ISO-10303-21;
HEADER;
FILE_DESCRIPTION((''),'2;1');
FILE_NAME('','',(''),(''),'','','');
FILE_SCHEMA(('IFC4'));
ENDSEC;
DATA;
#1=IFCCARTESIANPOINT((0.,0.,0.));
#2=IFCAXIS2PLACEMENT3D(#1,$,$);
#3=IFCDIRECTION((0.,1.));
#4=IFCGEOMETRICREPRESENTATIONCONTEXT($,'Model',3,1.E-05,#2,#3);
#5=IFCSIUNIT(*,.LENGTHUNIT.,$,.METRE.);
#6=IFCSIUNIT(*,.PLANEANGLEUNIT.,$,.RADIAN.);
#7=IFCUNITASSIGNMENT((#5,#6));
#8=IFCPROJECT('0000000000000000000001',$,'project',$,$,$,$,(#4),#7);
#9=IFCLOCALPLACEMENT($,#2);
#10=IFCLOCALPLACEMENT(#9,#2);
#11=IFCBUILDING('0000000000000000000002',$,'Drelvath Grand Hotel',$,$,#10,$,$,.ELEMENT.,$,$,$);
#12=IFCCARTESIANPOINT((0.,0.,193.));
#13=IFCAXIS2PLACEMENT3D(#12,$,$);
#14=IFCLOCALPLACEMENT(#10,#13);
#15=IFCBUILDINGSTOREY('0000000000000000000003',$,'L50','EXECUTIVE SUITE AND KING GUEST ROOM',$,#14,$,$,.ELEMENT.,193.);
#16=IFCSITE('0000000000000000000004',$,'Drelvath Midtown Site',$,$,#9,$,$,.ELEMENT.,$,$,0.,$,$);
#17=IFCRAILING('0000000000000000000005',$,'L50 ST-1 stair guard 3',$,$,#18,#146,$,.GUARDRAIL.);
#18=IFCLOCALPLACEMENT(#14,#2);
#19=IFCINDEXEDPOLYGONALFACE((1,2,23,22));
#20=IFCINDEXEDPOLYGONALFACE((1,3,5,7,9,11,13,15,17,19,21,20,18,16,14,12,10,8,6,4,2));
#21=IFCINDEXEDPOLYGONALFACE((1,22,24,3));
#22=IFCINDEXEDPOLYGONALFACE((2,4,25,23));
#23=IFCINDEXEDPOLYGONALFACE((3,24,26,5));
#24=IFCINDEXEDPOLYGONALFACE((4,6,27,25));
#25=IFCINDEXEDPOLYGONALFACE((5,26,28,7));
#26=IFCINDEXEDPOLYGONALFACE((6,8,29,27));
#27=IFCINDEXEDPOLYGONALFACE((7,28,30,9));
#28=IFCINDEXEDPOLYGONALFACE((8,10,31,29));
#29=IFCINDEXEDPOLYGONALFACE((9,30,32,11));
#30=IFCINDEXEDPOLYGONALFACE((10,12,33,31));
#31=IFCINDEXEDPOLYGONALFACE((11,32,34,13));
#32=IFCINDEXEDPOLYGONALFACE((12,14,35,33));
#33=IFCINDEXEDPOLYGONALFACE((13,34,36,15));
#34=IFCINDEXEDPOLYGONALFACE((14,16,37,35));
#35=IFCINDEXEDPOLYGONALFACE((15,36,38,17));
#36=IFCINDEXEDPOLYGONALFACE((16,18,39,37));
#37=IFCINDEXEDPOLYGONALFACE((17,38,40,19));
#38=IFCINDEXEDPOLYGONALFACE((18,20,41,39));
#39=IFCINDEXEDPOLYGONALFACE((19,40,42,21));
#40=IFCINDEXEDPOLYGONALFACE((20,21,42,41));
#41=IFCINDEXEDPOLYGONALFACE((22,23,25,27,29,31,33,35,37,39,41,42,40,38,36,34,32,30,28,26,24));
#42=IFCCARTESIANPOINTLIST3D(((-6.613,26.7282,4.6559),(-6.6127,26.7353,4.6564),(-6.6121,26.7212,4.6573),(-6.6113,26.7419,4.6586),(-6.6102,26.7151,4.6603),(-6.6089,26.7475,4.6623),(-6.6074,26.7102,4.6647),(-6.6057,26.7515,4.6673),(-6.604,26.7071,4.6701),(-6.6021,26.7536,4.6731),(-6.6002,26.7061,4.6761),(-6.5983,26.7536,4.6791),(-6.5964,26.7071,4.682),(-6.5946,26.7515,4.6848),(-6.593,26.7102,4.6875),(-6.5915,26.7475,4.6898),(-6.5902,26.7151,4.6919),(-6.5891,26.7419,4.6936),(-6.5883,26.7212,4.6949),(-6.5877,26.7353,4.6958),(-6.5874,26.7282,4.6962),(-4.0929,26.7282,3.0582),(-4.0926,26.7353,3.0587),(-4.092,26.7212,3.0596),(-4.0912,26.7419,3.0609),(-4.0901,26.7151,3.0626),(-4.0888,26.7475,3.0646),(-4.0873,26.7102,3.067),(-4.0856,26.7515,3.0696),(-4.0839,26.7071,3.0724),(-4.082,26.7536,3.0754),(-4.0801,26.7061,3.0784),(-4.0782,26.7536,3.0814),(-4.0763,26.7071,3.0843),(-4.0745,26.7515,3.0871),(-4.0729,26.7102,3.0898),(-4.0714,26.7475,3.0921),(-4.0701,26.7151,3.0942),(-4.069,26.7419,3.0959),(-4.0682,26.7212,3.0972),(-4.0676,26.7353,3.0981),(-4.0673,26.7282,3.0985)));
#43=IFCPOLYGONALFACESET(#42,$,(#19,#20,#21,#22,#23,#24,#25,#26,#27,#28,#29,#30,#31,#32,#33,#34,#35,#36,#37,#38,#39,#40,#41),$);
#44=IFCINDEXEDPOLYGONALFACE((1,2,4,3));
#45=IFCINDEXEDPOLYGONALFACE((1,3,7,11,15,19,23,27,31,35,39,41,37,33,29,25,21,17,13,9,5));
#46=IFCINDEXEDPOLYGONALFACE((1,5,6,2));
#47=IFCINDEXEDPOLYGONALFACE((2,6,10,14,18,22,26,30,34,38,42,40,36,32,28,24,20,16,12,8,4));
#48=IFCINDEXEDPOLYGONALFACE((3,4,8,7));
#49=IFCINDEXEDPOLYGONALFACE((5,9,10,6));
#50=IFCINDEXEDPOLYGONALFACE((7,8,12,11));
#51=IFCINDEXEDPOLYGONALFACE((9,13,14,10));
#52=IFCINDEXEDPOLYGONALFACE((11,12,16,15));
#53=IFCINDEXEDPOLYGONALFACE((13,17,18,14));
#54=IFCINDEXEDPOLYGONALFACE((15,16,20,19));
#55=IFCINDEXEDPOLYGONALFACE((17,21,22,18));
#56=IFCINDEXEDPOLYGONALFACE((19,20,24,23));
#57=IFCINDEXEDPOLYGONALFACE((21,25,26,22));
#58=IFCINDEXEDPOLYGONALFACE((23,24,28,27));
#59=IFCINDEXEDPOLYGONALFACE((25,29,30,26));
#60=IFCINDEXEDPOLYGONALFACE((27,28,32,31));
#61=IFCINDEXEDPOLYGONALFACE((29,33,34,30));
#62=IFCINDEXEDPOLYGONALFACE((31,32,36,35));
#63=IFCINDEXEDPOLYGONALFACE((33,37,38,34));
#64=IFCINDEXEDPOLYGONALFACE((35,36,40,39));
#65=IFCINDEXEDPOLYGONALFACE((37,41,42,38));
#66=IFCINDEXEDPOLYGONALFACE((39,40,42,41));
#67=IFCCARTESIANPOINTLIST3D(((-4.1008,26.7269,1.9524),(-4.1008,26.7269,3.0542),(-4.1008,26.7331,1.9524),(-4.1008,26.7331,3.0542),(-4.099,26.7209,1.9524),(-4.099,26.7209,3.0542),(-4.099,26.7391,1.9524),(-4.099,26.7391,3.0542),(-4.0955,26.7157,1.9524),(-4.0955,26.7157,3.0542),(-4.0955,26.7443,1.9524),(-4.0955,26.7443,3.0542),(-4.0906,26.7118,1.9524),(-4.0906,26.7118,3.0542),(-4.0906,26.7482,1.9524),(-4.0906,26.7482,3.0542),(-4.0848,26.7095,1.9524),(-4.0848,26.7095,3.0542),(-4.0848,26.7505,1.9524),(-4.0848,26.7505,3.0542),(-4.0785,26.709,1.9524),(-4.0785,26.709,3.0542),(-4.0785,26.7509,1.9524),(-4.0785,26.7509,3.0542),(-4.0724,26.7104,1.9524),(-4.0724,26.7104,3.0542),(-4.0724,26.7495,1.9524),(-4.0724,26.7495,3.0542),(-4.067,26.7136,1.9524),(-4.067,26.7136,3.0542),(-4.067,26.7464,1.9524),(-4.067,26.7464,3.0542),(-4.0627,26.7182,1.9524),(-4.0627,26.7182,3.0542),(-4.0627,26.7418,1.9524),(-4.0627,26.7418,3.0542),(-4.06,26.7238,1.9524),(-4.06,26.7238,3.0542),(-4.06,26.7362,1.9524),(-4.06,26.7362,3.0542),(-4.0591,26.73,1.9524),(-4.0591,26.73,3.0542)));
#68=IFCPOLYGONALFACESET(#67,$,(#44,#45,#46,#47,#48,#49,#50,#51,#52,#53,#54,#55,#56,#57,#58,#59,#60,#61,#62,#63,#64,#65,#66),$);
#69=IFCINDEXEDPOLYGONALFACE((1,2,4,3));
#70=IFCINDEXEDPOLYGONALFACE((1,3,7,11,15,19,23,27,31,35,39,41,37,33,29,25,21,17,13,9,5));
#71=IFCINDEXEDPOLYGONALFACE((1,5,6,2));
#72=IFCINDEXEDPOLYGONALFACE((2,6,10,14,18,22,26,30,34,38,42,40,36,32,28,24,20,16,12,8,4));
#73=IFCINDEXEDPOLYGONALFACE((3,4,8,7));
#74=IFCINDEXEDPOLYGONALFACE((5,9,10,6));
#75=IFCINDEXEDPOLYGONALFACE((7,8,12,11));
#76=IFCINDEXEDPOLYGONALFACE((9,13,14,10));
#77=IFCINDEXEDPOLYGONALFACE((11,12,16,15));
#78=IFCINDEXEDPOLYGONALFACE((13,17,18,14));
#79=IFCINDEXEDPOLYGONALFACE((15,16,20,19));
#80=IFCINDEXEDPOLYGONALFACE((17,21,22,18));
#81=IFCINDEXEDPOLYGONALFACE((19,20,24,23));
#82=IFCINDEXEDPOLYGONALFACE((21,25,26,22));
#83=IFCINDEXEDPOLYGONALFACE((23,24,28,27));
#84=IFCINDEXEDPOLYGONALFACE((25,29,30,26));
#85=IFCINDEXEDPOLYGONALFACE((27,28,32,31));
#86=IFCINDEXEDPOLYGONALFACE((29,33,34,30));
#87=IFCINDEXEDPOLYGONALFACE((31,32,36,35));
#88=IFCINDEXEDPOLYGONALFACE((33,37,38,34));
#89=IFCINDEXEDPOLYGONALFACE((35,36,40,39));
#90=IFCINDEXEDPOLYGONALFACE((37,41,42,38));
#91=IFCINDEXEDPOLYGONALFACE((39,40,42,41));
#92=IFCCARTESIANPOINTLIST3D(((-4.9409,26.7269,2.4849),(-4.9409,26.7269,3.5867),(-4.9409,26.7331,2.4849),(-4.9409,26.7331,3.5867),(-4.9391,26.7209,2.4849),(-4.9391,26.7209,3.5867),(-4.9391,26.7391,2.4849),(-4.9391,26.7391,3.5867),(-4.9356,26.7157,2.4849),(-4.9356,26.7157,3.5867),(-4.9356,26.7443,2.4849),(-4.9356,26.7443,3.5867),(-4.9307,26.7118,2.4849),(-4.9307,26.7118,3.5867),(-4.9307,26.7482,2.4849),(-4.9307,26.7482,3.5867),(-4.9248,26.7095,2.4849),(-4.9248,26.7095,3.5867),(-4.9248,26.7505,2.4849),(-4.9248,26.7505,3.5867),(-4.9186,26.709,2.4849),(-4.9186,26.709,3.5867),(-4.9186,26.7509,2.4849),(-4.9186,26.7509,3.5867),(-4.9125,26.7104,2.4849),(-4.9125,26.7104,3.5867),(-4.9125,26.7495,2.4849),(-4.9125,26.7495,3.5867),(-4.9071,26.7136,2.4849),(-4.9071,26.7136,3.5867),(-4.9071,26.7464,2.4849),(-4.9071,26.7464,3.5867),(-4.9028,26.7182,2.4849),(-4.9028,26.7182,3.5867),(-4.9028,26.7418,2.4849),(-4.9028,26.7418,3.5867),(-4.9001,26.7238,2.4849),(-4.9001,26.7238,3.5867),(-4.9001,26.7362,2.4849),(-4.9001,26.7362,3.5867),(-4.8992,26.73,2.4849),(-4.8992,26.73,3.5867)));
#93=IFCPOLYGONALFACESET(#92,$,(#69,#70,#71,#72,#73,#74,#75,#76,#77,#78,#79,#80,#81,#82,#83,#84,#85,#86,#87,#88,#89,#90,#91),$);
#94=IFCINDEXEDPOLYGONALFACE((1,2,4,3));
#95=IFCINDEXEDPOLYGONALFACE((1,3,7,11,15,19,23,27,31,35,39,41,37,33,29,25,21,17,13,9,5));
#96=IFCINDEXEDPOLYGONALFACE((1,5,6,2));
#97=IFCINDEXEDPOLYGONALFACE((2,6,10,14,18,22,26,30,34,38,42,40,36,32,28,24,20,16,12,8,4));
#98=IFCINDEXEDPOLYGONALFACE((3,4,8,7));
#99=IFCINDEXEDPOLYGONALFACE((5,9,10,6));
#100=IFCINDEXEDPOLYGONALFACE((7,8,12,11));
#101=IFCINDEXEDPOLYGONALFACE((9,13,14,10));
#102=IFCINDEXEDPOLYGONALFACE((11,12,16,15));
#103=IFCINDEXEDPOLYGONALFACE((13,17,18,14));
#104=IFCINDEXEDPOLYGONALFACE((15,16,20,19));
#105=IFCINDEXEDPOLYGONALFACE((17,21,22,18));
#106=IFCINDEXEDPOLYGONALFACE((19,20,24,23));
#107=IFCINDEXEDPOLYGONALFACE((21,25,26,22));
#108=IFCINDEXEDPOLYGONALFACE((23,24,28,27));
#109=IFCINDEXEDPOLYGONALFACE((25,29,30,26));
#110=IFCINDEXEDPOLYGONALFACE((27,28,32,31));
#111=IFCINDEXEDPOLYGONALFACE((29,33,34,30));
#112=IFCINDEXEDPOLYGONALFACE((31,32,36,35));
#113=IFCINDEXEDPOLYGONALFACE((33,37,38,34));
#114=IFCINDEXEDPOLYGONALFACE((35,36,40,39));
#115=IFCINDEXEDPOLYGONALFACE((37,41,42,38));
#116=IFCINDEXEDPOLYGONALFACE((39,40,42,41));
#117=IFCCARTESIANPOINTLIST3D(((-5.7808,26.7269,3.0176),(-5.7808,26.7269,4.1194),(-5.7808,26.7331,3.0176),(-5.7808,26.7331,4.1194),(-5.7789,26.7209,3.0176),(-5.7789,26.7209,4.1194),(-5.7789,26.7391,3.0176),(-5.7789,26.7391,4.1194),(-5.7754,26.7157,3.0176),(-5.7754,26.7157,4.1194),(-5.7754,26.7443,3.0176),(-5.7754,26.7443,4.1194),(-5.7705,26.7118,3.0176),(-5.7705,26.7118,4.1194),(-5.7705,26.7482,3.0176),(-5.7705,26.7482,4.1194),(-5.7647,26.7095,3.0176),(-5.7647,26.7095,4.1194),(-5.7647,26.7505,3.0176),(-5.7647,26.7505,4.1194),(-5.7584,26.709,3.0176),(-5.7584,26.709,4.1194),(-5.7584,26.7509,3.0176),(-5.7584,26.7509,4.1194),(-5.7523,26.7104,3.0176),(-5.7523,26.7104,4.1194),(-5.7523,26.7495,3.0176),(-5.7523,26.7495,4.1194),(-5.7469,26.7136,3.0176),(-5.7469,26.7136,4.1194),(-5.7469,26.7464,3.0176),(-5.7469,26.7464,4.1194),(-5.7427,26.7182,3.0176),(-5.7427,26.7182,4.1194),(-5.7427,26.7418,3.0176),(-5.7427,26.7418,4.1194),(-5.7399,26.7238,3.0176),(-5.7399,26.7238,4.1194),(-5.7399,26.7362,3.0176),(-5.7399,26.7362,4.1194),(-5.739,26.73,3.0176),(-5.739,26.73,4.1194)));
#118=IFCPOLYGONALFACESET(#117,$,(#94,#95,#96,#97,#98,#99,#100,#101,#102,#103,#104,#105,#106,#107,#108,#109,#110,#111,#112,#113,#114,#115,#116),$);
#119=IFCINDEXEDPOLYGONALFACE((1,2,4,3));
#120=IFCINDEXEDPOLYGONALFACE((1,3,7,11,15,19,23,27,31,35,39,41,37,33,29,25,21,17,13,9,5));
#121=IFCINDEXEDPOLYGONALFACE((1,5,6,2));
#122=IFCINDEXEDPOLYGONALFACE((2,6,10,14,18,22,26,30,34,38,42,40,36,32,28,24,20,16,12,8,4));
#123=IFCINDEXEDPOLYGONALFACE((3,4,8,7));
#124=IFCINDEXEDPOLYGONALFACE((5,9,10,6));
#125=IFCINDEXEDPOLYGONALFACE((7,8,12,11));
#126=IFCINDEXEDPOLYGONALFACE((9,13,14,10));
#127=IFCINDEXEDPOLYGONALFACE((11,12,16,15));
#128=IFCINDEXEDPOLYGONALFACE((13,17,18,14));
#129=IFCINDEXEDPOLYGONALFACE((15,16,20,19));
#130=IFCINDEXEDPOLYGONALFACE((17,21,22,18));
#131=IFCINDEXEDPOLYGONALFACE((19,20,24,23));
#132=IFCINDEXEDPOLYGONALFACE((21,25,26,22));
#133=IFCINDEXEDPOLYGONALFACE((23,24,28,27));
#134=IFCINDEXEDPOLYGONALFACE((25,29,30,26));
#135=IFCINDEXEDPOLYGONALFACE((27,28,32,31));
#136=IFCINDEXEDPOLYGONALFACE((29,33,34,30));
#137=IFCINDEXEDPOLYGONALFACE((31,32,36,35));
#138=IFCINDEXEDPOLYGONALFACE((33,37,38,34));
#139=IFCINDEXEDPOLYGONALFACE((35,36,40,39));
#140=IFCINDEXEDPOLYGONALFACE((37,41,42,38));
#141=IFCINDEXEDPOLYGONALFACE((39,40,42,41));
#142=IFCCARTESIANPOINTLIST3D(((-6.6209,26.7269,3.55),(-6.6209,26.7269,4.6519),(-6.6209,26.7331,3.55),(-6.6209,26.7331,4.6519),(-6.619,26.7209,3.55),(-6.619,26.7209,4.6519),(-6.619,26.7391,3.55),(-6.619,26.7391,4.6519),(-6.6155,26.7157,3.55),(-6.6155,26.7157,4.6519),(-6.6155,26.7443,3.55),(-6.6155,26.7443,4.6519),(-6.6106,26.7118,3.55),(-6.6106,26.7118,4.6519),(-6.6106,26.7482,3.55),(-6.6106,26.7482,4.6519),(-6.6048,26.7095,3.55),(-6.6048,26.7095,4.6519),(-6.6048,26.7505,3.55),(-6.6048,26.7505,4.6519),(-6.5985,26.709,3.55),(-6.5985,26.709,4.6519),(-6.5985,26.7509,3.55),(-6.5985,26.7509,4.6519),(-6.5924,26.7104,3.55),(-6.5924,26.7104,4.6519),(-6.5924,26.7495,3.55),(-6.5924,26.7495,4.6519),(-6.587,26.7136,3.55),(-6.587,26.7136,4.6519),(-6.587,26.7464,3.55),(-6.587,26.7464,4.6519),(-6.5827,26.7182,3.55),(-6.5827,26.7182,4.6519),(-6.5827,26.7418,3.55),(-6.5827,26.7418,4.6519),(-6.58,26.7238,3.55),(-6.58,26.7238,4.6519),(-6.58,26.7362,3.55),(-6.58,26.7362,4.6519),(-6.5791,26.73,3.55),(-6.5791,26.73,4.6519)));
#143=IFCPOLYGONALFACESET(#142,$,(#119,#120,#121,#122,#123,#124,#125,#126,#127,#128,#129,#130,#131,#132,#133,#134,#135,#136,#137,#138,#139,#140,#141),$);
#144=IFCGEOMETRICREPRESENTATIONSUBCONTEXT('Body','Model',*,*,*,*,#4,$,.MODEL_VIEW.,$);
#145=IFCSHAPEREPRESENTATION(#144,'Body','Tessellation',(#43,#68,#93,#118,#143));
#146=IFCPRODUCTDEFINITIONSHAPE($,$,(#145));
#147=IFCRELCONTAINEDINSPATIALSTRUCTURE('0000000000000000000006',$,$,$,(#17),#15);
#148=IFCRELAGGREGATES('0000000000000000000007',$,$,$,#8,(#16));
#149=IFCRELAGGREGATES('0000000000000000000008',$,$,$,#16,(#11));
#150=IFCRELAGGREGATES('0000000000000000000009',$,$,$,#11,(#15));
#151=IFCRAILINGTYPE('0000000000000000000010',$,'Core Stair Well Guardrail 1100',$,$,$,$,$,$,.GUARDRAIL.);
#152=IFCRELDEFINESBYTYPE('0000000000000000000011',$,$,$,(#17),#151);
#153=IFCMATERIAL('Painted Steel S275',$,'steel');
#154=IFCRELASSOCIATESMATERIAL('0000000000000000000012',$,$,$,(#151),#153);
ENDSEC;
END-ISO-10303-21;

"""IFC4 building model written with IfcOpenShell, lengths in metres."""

from ifc_helpers import new_model, si_unit, direction, frame, origin, origin_2d, place, context, subcontext, project, spatial, circle, extrude, material, type_object, element, save


model = new_model("IFC4")

# Units and contexts
model_context = context("Model", 3, precision=1e-05, world=origin(), true_north=direction((0.0, 1.0)))
body_context = subcontext(model_context, "Body", "Model", "MODEL_VIEW")
ifc_project = project(units=[si_unit("LENGTHUNIT", "METRE"), si_unit("PLANEANGLEUNIT", "RADIAN")], contexts=[model_context])

# Site, building, storey
site_placement = place(None, origin())
site = spatial("IfcSite", under=ifc_project, at=site_placement, Name="Drelvath Midtown Site", CompositionType="ELEMENT", RefElevation=0.0)
building_placement = place(site_placement, origin())
building = spatial("IfcBuilding", under=site, at=building_placement, Name="Drelvath Grand Hotel", CompositionType="ELEMENT")
storey_placement = place(building_placement, frame((0.0, 0.0, 193.0)))
storey = spatial("IfcBuildingStorey", under=building, at=storey_placement, Name="L50", Description="EXECUTIVE SUITE AND KING GUEST ROOM", CompositionType="ELEMENT", Elevation=193.0)

# Shared definitions
ifc_material_1 = material(Name="Painted Steel S275", Category="steel")

# Railing
railing_type_1 = type_object("IfcRailingType", Name="Core Stair Well Guardrail 1100", PredefinedType="GUARDRAIL", material=ifc_material_1)
railing_1_placement = place(storey_placement, frame((-4.0801, 26.73, 1.9524)))
element("IfcRailing", 1, at=railing_1_placement, inside=storey, type_object=railing_type_1, Name="L50 ST-1 stair guard 3", PredefinedType="GUARDRAIL", context=body_context, shape_type="SweptSolid", body=[
    extrude(circle(Radius=0.0239, at=origin_2d()), frame((0.0, 0.0, 1.126), z_axis=(-0.84457, 0.0, 0.535445), x_axis=(0.0, -1.0, 0.0)), (0.0, 0.0, 1.0), 2.9839),
    extrude(circle(Radius=0.021, at=origin_2d()), origin(), (0.0, 0.0, 1.0), 1.1018),
    extrude(circle(Radius=0.021, at=origin_2d()), frame((-0.8401, 0.0, 0.5325)), (0.0, 0.0, 1.0), 1.1018),
    extrude(circle(Radius=0.021, at=origin_2d()), frame((-1.6799, 0.0, 1.0652)), (0.0, 0.0, 1.0), 1.1018),
    extrude(circle(Radius=0.021, at=origin_2d()), frame((-2.52, 0.0, 1.5977)), (0.0, 0.0, 1.0), 1.1018),
])

save(model, "model.ifc")
